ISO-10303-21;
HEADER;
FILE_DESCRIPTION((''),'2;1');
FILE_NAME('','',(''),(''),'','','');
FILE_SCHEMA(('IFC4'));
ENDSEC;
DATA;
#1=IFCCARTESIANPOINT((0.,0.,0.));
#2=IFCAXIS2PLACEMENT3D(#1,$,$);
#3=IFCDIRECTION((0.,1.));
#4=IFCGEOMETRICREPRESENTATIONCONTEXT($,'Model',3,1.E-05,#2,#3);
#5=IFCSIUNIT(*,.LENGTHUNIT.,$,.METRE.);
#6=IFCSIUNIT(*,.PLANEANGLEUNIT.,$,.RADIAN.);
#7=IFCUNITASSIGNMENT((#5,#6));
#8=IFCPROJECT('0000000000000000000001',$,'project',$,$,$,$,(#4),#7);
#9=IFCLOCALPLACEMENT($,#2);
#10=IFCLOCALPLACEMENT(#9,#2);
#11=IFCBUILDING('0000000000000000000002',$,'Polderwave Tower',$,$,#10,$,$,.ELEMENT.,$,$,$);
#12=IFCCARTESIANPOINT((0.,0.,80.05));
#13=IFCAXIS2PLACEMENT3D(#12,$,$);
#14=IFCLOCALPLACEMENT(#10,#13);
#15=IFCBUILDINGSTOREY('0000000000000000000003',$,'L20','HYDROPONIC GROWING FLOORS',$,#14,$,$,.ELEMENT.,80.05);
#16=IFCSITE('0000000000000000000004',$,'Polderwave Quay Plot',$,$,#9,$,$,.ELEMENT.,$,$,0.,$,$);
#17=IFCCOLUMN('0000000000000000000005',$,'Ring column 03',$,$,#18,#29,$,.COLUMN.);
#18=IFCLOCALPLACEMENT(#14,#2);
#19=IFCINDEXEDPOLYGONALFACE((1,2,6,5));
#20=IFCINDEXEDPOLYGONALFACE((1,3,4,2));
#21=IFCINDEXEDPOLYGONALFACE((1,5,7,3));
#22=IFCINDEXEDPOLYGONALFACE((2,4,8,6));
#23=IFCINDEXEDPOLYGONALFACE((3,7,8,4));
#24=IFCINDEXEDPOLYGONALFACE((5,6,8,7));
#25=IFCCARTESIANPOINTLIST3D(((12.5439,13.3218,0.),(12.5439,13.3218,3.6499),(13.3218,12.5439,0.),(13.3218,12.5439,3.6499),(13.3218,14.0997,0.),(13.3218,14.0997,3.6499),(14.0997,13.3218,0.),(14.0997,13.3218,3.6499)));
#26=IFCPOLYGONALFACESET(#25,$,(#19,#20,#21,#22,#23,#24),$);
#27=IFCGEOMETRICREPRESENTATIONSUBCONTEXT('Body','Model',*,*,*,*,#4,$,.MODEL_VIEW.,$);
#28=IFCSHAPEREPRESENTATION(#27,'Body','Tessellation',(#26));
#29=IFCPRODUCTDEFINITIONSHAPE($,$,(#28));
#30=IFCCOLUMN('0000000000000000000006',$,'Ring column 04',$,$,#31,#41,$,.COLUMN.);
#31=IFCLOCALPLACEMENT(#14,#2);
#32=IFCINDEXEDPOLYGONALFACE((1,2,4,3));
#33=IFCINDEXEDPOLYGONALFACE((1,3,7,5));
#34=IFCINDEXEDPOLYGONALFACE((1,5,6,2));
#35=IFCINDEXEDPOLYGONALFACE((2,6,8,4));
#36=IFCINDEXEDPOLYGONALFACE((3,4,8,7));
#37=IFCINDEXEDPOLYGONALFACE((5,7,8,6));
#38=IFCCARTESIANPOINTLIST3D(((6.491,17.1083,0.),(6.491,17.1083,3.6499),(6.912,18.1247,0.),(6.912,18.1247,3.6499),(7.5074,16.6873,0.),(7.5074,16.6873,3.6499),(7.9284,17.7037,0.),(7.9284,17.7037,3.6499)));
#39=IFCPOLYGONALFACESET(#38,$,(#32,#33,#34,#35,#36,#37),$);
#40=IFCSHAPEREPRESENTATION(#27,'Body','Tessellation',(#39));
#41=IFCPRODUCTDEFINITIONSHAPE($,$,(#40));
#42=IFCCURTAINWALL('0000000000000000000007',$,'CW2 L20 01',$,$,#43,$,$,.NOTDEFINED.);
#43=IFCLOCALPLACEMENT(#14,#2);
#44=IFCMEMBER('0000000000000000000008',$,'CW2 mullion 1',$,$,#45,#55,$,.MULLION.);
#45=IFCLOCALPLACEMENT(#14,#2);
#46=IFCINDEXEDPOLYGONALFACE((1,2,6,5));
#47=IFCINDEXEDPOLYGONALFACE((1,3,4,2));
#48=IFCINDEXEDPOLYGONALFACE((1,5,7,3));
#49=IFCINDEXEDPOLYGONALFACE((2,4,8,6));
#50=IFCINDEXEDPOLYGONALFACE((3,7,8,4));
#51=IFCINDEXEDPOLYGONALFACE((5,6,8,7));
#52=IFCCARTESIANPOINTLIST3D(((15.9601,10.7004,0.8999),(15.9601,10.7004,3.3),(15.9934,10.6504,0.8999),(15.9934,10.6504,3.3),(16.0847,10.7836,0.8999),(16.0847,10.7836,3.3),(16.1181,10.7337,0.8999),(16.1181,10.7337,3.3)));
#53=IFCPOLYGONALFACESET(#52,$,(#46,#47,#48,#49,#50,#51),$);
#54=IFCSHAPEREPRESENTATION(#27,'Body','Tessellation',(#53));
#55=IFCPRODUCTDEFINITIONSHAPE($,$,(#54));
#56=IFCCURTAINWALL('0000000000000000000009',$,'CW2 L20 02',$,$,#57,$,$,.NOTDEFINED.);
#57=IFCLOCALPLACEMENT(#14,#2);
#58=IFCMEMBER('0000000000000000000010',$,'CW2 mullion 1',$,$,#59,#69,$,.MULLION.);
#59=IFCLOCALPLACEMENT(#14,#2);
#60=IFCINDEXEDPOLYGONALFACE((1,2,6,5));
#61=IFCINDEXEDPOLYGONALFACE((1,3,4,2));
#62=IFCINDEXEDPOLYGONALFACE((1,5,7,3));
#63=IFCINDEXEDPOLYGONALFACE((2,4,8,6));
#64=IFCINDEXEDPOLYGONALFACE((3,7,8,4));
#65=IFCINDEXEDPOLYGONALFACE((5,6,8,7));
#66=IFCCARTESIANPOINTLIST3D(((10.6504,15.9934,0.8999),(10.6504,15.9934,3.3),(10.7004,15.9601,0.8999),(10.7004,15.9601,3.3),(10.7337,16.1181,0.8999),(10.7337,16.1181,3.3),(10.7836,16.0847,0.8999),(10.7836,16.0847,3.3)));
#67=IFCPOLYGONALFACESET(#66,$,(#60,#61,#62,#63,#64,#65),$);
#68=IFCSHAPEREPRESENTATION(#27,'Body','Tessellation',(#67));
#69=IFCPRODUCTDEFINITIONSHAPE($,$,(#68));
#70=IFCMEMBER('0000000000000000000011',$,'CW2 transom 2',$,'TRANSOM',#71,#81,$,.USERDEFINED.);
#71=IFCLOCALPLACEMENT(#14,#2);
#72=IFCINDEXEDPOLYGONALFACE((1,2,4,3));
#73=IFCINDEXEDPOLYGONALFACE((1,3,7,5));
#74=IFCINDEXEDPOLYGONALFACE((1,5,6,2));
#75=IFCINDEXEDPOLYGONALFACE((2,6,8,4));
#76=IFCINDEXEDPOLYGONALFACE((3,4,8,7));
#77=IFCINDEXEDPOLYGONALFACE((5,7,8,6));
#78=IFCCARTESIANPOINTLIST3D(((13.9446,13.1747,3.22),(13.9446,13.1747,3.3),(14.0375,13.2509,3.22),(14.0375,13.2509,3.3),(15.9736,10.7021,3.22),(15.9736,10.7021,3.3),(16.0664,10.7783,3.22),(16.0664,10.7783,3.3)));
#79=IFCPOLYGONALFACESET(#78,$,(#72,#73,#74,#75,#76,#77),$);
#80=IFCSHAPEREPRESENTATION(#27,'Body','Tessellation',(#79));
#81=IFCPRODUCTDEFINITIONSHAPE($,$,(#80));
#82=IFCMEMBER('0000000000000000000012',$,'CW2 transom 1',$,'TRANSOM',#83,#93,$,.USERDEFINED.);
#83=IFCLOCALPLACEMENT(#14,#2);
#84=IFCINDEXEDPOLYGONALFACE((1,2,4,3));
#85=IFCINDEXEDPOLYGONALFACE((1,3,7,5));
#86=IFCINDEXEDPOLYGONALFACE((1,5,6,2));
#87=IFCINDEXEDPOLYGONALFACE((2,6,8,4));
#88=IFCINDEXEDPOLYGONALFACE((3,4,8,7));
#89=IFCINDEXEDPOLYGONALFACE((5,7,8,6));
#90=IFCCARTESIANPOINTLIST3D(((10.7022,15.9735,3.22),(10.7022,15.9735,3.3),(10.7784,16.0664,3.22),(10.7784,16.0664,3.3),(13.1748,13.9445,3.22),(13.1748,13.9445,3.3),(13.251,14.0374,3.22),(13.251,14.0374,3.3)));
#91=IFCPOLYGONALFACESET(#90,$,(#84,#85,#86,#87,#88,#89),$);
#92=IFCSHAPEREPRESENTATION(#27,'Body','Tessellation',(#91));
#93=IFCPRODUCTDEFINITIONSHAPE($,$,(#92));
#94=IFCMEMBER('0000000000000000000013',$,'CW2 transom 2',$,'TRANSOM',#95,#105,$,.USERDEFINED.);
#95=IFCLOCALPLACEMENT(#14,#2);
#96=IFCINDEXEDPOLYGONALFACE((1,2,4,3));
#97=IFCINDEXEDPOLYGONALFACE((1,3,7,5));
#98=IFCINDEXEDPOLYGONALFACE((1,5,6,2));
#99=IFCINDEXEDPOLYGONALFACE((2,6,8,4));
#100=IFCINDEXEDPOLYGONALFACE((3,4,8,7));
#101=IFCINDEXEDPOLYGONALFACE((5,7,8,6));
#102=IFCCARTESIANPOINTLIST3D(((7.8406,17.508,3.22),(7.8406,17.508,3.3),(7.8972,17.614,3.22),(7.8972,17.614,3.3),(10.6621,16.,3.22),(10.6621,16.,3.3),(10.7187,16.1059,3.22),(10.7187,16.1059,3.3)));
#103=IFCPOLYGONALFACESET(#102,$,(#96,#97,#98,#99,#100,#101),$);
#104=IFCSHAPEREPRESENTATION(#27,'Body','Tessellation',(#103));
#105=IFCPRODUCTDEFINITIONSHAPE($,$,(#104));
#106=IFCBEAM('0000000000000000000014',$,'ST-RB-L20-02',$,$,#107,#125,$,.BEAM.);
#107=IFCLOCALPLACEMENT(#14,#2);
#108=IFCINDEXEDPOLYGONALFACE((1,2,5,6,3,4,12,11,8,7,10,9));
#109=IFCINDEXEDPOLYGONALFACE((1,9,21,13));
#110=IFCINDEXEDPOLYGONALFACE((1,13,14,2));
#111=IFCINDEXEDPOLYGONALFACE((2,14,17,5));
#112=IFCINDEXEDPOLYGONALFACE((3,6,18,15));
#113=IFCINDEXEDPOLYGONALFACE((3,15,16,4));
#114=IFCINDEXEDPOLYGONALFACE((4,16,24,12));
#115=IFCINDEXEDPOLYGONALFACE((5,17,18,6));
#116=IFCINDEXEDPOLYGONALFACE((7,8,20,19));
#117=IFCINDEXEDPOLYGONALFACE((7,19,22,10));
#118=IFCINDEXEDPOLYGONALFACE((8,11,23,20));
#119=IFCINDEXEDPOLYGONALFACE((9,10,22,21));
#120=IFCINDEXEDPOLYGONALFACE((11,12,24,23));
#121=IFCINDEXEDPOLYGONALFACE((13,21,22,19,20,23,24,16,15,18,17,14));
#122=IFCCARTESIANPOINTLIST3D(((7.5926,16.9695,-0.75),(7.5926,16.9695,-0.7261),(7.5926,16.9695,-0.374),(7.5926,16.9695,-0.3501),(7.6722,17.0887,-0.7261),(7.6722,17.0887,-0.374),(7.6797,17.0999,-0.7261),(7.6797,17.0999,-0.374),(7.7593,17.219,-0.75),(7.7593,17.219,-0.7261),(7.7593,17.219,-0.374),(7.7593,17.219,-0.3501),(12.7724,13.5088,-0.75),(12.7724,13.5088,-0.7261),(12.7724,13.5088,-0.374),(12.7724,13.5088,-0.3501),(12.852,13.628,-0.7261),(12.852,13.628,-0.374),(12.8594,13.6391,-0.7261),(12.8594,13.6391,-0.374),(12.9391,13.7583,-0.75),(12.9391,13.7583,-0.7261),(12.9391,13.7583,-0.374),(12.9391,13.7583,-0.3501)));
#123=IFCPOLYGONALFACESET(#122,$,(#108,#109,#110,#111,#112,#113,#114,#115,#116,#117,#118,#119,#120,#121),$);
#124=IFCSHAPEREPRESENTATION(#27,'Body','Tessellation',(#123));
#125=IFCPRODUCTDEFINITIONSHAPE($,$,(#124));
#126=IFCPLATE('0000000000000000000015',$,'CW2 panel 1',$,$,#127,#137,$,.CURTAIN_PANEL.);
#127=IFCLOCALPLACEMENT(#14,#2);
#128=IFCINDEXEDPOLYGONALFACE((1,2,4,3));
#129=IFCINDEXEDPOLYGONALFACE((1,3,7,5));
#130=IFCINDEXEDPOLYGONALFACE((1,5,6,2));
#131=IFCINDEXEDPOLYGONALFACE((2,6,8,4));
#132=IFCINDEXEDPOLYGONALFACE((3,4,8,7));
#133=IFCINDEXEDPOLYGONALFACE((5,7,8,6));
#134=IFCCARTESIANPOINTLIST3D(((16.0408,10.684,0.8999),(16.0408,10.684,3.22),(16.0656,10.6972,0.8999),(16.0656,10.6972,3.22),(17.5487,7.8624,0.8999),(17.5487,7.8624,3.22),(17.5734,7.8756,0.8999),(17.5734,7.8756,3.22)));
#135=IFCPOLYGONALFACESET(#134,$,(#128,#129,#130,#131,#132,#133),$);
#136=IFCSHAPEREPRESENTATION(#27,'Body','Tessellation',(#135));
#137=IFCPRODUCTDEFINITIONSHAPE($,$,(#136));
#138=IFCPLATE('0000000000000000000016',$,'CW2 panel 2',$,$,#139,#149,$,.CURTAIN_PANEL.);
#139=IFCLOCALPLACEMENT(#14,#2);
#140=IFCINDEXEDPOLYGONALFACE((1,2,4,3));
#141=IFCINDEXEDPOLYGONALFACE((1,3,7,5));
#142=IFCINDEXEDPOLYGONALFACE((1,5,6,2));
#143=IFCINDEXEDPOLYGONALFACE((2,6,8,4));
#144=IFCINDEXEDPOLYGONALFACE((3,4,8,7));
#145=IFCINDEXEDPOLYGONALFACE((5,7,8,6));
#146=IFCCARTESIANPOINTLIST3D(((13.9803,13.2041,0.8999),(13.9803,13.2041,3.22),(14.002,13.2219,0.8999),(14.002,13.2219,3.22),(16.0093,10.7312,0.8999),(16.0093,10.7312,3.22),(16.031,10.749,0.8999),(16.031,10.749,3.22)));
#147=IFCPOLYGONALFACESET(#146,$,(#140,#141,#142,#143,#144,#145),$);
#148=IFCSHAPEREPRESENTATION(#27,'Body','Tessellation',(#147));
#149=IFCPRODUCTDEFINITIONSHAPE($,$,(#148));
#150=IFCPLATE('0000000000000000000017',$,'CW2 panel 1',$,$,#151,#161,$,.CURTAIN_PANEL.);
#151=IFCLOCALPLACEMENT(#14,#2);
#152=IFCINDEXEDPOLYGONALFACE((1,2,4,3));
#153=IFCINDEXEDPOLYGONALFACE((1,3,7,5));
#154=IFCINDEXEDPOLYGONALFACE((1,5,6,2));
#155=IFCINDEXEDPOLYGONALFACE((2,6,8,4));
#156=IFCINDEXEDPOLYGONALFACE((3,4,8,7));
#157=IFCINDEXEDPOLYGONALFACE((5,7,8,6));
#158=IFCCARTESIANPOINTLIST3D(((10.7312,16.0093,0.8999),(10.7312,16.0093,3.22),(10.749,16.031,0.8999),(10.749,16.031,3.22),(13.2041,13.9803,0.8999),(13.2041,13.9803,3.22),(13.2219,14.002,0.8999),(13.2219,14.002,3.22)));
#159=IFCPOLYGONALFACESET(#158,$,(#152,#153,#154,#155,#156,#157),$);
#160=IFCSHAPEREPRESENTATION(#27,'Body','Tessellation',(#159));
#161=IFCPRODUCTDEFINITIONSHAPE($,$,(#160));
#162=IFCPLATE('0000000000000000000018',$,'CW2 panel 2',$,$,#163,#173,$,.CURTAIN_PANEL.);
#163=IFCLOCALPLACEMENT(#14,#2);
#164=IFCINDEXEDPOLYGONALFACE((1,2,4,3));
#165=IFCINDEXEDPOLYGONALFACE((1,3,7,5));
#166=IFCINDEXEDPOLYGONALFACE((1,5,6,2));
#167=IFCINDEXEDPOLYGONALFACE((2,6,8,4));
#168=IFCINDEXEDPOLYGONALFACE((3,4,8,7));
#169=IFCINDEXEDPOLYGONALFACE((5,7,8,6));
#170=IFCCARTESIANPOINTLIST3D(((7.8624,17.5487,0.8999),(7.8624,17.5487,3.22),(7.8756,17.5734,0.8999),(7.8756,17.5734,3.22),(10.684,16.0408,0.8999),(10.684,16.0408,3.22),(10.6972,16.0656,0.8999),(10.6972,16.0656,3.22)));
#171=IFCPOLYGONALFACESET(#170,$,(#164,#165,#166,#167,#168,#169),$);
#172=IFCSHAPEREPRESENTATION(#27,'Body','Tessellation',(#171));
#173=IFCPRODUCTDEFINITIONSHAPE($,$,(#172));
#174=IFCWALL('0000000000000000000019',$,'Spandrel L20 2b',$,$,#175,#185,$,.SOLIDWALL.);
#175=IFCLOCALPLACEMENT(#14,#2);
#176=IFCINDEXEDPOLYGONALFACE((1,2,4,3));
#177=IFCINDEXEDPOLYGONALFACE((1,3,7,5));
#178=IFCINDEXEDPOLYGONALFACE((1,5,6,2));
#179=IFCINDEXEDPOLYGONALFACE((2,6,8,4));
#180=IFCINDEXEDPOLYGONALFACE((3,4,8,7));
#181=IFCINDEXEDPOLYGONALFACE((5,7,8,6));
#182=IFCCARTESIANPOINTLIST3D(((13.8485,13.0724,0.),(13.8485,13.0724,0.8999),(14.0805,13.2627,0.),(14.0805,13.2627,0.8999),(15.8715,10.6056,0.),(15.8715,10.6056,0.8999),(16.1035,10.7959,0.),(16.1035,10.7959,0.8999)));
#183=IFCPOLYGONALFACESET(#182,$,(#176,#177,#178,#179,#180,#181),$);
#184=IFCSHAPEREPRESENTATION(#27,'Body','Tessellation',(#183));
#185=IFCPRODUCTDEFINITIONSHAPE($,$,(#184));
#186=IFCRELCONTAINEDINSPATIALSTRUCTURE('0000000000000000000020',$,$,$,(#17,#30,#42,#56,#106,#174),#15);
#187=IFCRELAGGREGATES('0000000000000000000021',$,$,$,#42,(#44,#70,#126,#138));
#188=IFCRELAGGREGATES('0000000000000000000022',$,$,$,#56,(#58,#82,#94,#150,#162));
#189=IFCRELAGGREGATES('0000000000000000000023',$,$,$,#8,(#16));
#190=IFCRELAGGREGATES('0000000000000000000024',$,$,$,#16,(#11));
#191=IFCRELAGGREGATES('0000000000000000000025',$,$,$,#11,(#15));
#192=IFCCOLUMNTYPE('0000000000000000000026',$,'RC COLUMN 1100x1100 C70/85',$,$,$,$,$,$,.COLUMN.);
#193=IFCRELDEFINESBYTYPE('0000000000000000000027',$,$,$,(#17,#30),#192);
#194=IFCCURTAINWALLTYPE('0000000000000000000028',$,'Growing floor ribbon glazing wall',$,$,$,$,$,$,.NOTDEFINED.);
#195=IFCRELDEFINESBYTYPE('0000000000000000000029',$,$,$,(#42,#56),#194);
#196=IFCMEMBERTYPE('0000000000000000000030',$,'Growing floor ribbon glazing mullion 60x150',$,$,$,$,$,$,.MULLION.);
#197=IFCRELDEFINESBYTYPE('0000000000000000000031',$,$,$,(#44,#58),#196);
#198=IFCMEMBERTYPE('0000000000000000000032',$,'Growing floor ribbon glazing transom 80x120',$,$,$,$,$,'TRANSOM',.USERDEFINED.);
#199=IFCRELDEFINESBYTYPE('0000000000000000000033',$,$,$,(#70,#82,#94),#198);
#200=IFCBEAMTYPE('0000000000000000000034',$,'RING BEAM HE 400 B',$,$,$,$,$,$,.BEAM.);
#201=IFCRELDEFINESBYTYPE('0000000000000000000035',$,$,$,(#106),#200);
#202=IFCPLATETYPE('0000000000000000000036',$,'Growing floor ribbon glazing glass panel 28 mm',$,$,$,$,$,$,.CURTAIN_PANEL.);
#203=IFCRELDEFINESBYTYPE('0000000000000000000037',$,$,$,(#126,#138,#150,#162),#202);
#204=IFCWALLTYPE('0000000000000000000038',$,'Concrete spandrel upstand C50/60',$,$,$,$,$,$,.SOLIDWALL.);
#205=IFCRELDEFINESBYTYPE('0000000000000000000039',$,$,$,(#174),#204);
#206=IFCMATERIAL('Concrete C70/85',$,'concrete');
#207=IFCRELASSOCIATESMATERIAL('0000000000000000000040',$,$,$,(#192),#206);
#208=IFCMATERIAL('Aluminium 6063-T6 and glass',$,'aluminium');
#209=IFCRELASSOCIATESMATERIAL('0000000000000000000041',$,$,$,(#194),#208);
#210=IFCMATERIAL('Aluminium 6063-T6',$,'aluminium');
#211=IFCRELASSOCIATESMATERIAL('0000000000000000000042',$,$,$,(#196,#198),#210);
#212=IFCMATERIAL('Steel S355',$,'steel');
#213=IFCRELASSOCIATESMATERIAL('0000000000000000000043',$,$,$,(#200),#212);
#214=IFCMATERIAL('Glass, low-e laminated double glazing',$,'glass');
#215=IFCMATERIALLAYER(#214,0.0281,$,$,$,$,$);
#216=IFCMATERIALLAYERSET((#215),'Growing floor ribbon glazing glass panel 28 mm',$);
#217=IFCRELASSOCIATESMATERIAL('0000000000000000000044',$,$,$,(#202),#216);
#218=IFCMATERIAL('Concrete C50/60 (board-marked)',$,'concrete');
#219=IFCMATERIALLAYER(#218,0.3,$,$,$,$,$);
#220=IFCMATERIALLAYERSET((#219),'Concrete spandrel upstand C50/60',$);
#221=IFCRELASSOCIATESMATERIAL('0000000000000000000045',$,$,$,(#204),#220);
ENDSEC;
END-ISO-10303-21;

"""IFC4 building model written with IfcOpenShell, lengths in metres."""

from ifc_helpers import new_model, si_unit, direction, frame, frame_2d, origin, origin_2d, place, context, subcontext, project, spatial, rectangle, i_section, extrude, material, layer, layer_set, material_profile, profile_set, type_object, element, aggregate, save


model = new_model("IFC4")

# Units and contexts
model_context = context("Model", 3, precision=1e-05, world=origin(), true_north=direction((0.0, 1.0)))
body_context = subcontext(model_context, "Body", "Model", "MODEL_VIEW")
ifc_project = project(units=[si_unit("LENGTHUNIT", "METRE"), si_unit("PLANEANGLEUNIT", "RADIAN")], contexts=[model_context])

# Site, building, storey
site_placement = place(None, origin())
site = spatial("IfcSite", under=ifc_project, at=site_placement, Name="Polderwave Quay Plot", CompositionType="ELEMENT", RefElevation=0.0)
building_placement = place(site_placement, origin())
building = spatial("IfcBuilding", under=site, at=building_placement, Name="Polderwave Tower", CompositionType="ELEMENT")
storey_placement = place(building_placement, frame((0.0, 0.0, 80.05)))
storey = spatial("IfcBuildingStorey", under=building, at=storey_placement, Name="L20", Description="HYDROPONIC GROWING FLOORS", CompositionType="ELEMENT", Elevation=80.05)

# Columns
ifc_material_1 = material(Name="Concrete C70/85", Category="concrete")
ifc_material_profile_1 = material_profile(ifc_material_1, rectangle(XDim=1.1001, YDim=1.1001, at=origin_2d()), Name="RC 1100x1100")
ifc_profile_set_1 = profile_set([ifc_material_profile_1], Name="Concrete C70/85")
column_type = type_object("IfcColumnType", Name="RC COLUMN 1100x1100 C70/85", PredefinedType="COLUMN", material=ifc_profile_set_1)
for number, where, z_axis, x_axis, name in (
    (1, (13.3218, 13.3218, 0.0), (0.0, 0.0, 1.0), (0.707107, 0.707107, 0.0), "Ring column 03"),
    (2, (7.2097, 17.406, 0.0), (0.0, 0.0, 1.0), (0.382683, 0.92388, 0.0), "Ring column 04"),
):
    element("IfcColumn", number, at=place(storey_placement, frame(where, z_axis=z_axis, x_axis=x_axis)), inside=storey, type_object=column_type, Name=name, PredefinedType="COLUMN", context=body_context, shape_type="SweptSolid", body=[
        extrude(rectangle(XDim=1.1001, YDim=1.1001, at=origin_2d()), origin(), (0.0, 0.0, 1.0), 3.6499),
    ])

# Curtain walls, members
ifc_material_2 = material(Name="Aluminium 6063-T6 and glass", Category="aluminium")
curtain_wall_type = type_object("IfcCurtainWallType", Name="Growing floor ribbon glazing wall", PredefinedType="NOTDEFINED", material=ifc_material_2)
curtain_wall_1_placement = place(storey_placement, origin())
curtain_wall_1 = element("IfcCurtainWall", 3, at=curtain_wall_1_placement, inside=storey, type_object=curtain_wall_type, Name="CW2 L20 01", PredefinedType="NOTDEFINED")
ifc_material_3 = material(Name="Aluminium 6063-T6", Category="aluminium")
ifc_material_profile_2 = material_profile(ifc_material_3, rectangle(XDim=0.1499, YDim=0.0601, at=origin_2d()), Name="AL 60x150")
ifc_profile_set_2 = profile_set([ifc_material_profile_2], Name="Aluminium 6063-T6")
member_type_1 = type_object("IfcMemberType", Name="Growing floor ribbon glazing mullion 60x150", PredefinedType="MULLION", material=ifc_profile_set_2)
member_1_placement = place(storey_placement, frame((16.0391, 10.717, 0.8999), z_axis=(0.0, 0.0, 1.0), x_axis=(-0.831519, -0.555496, 0.0)))
member_1 = element("IfcMember", 4, at=member_1_placement, type_object=member_type_1, Name="CW2 mullion 1", PredefinedType="MULLION", context=body_context, shape_type="SweptSolid", body=[
    extrude(rectangle(XDim=0.1499, YDim=0.0601, at=origin_2d()), origin(), (0.0, 0.0, 1.0), 2.4001),
])
curtain_wall_2_placement = place(storey_placement, origin())
curtain_wall_2 = element("IfcCurtainWall", 5, at=curtain_wall_2_placement, inside=storey, type_object=curtain_wall_type, Name="CW2 L20 02", PredefinedType="NOTDEFINED")
member_2_placement = place(storey_placement, frame((10.717, 16.0391, 0.8999), z_axis=(0.0, 0.0, 1.0), x_axis=(-0.555496, -0.831519, 0.0)))
member_2 = element("IfcMember", 6, at=member_2_placement, type_object=member_type_1, Name="CW2 mullion 1", PredefinedType="MULLION", context=body_context, shape_type="SweptSolid", body=[
    extrude(rectangle(XDim=0.1499, YDim=0.0601, at=origin_2d()), origin(), (0.0, 0.0, 1.0), 2.4001),
])

# Members
ifc_material_profile_3 = material_profile(ifc_material_3, rectangle(XDim=0.1201, YDim=0.0801, at=origin_2d()), Name="AL 80x120")
ifc_profile_set_3 = profile_set([ifc_material_profile_3], Name="Aluminium 6063-T6")
member_type_2 = type_object("IfcMemberType", Name="Growing floor ribbon glazing transom 80x120", ElementType="TRANSOM", PredefinedType="USERDEFINED", material=ifc_profile_set_3)
member_3_placement = place(storey_placement, frame((16.02, 10.7402, 3.26), z_axis=(-0.634355, 0.773042, 0.0), x_axis=(-0.773042, -0.634355, 0.0)))
member_3 = element("IfcMember", 7, at=member_3_placement, type_object=member_type_2, Name="CW2 transom 2", ObjectType="TRANSOM", PredefinedType="USERDEFINED", context=body_context, shape_type="SweptSolid", body=[
    extrude(rectangle(XDim=0.1201, YDim=0.0801, at=origin_2d()), origin(), (0.0, 0.0, 1.0), 3.1985),
])
member_4_placement = place(storey_placement, frame((13.2129, 13.991, 3.26), z_axis=(-0.773042, 0.634355, 0.0), x_axis=(-0.634355, -0.773042, 0.0)))
member_4 = element("IfcMember", 8, at=member_4_placement, type_object=member_type_2, Name="CW2 transom 1", ObjectType="TRANSOM", PredefinedType="USERDEFINED", context=body_context, shape_type="SweptSolid", body=[
    extrude(rectangle(XDim=0.1201, YDim=0.0801, at=origin_2d()), origin(), (0.0, 0.0, 1.0), 3.1985),
])
member_5_placement = place(storey_placement, frame((10.6904, 16.053, 3.26), z_axis=(-0.881932, 0.471376, 0.0), x_axis=(-0.471376, -0.881932, 0.0)))
member_5 = element("IfcMember", 9, at=member_5_placement, type_object=member_type_2, Name="CW2 transom 2", ObjectType="TRANSOM", PredefinedType="USERDEFINED", context=body_context, shape_type="SweptSolid", body=[
    extrude(rectangle(XDim=0.1201, YDim=0.0801, at=origin_2d()), origin(), (0.0, 0.0, 1.0), 3.1992),
])

# Beam
ifc_material_4 = material(Name="Steel S355", Category="steel")
ifc_material_profile_4 = material_profile(ifc_material_4, i_section(OverallWidth=0.3, OverallDepth=0.3999, WebThickness=0.0134, FlangeThickness=0.0239, at=origin_2d()), Name="HE 400 B")
ifc_profile_set_4 = profile_set([ifc_material_profile_4], Name="Steel S355")
beam_type = type_object("IfcBeamType", Name="RING BEAM HE 400 B", PredefinedType="BEAM", material=ifc_profile_set_4)
beam_placement = place(storey_placement, frame((12.8557, 13.6335, -0.55), z_axis=(-0.831489, 0.555541, 0.0), x_axis=(-0.555541, -0.831489, 0.0)))
element("IfcBeam", 10, at=beam_placement, inside=storey, type_object=beam_type, Name="ST-RB-L20-02", PredefinedType="BEAM", context=body_context, shape_type="SweptSolid", body=[
    extrude(i_section(OverallWidth=0.3, OverallDepth=0.3999, WebThickness=0.0134, FlangeThickness=0.0239, at=origin_2d()), origin(), (0.0, 0.0, 1.0), 6.2295),
])

# Plates
ifc_material_5 = material(Name="Glass, low-e laminated double glazing", Category="glass")
ifc_layer_1 = layer(ifc_material_5, 0.0281)
ifc_layer_set_1 = layer_set([ifc_layer_1], Name="Growing floor ribbon glazing glass panel 28 mm")
plate_type = type_object("IfcPlateType", Name="Growing floor ribbon glazing glass panel 28 mm", PredefinedType="CURTAIN_PANEL", material=ifc_layer_set_1)
plate_1_placement = place(storey_placement, frame((16.8071, 9.2798, 0.8999), z_axis=(0.0, 0.0, 1.0), x_axis=(-0.471327, 0.881958, 0.0)))
plate_1 = element("IfcPlate", 11, at=plate_1_placement, type_object=plate_type, Name="CW2 panel 1", PredefinedType="CURTAIN_PANEL", context=body_context, shape_type="SweptSolid", body=[
    extrude(rectangle(XDim=3.1992, YDim=0.0281, at=origin_2d()), origin(), (0.0, 0.0, 1.0), 2.3201),
])
plate_2_placement = place(storey_placement, frame((15.0056, 11.9766, 0.8999), z_axis=(0.0, 0.0, 1.0), x_axis=(-0.634316, 0.773074, 0.0)))
plate_2 = element("IfcPlate", 12, at=plate_2_placement, type_object=plate_type, Name="CW2 panel 2", PredefinedType="CURTAIN_PANEL", context=body_context, shape_type="SweptSolid", body=[
    extrude(rectangle(XDim=3.1987, YDim=0.0281, at=origin_2d()), origin(), (0.0, 0.0, 1.0), 2.3201),
])
aggregate(curtain_wall_1, [member_1, member_3, plate_1, plate_2])
plate_3_placement = place(storey_placement, frame((11.9766, 15.0056, 0.8999), z_axis=(0.0, 0.0, 1.0), x_axis=(-0.773074, 0.634316, 0.0)))
plate_3 = element("IfcPlate", 13, at=plate_3_placement, type_object=plate_type, Name="CW2 panel 1", PredefinedType="CURTAIN_PANEL", context=body_context, shape_type="SweptSolid", body=[
    extrude(rectangle(XDim=3.1987, YDim=0.0281, at=origin_2d()), origin(), (0.0, 0.0, 1.0), 2.3201),
])
plate_4_placement = place(storey_placement, frame((9.2798, 16.8071, 0.8999), z_axis=(0.0, 0.0, 1.0), x_axis=(-0.881958, 0.471327, 0.0)))
plate_4 = element("IfcPlate", 14, at=plate_4_placement, type_object=plate_type, Name="CW2 panel 2", PredefinedType="CURTAIN_PANEL", context=body_context, shape_type="SweptSolid", body=[
    extrude(rectangle(XDim=3.1992, YDim=0.0281, at=origin_2d()), origin(), (0.0, 0.0, 1.0), 2.3201),
])
aggregate(curtain_wall_2, [member_2, member_4, member_5, plate_3, plate_4])

# Wall
ifc_material_6 = material(Name="Concrete C50/60 (board-marked)", Category="concrete")
ifc_layer_2 = layer(ifc_material_6, 0.3)
ifc_layer_set_2 = layer_set([ifc_layer_2], Name="Concrete spandrel upstand C50/60")
wall_type_1 = type_object("IfcWallType", Name="Concrete spandrel upstand C50/60", PredefinedType="SOLIDWALL", material=ifc_layer_set_2)
for number, where, z_axis, x_axis, name in (
    (15, (15.9875, 10.7007, 0.0), (0.0, 0.0, 1.0), (-0.634113, 0.773241, 0.0), "Spandrel L20 2b"),
):
    element("IfcWall", number, at=place(storey_placement, frame(where, z_axis=z_axis, x_axis=x_axis)), inside=storey, type_object=wall_type_1, Name=name, PredefinedType="SOLIDWALL", context=body_context, shape_type="SweptSolid", body=[
        extrude(rectangle(XDim=3.1902, YDim=0.3, at=frame_2d((1.5952, 0.0))), origin(), (0.0, 0.0, 1.0), 0.8999),
    ])

save(model, "model.ifc")
